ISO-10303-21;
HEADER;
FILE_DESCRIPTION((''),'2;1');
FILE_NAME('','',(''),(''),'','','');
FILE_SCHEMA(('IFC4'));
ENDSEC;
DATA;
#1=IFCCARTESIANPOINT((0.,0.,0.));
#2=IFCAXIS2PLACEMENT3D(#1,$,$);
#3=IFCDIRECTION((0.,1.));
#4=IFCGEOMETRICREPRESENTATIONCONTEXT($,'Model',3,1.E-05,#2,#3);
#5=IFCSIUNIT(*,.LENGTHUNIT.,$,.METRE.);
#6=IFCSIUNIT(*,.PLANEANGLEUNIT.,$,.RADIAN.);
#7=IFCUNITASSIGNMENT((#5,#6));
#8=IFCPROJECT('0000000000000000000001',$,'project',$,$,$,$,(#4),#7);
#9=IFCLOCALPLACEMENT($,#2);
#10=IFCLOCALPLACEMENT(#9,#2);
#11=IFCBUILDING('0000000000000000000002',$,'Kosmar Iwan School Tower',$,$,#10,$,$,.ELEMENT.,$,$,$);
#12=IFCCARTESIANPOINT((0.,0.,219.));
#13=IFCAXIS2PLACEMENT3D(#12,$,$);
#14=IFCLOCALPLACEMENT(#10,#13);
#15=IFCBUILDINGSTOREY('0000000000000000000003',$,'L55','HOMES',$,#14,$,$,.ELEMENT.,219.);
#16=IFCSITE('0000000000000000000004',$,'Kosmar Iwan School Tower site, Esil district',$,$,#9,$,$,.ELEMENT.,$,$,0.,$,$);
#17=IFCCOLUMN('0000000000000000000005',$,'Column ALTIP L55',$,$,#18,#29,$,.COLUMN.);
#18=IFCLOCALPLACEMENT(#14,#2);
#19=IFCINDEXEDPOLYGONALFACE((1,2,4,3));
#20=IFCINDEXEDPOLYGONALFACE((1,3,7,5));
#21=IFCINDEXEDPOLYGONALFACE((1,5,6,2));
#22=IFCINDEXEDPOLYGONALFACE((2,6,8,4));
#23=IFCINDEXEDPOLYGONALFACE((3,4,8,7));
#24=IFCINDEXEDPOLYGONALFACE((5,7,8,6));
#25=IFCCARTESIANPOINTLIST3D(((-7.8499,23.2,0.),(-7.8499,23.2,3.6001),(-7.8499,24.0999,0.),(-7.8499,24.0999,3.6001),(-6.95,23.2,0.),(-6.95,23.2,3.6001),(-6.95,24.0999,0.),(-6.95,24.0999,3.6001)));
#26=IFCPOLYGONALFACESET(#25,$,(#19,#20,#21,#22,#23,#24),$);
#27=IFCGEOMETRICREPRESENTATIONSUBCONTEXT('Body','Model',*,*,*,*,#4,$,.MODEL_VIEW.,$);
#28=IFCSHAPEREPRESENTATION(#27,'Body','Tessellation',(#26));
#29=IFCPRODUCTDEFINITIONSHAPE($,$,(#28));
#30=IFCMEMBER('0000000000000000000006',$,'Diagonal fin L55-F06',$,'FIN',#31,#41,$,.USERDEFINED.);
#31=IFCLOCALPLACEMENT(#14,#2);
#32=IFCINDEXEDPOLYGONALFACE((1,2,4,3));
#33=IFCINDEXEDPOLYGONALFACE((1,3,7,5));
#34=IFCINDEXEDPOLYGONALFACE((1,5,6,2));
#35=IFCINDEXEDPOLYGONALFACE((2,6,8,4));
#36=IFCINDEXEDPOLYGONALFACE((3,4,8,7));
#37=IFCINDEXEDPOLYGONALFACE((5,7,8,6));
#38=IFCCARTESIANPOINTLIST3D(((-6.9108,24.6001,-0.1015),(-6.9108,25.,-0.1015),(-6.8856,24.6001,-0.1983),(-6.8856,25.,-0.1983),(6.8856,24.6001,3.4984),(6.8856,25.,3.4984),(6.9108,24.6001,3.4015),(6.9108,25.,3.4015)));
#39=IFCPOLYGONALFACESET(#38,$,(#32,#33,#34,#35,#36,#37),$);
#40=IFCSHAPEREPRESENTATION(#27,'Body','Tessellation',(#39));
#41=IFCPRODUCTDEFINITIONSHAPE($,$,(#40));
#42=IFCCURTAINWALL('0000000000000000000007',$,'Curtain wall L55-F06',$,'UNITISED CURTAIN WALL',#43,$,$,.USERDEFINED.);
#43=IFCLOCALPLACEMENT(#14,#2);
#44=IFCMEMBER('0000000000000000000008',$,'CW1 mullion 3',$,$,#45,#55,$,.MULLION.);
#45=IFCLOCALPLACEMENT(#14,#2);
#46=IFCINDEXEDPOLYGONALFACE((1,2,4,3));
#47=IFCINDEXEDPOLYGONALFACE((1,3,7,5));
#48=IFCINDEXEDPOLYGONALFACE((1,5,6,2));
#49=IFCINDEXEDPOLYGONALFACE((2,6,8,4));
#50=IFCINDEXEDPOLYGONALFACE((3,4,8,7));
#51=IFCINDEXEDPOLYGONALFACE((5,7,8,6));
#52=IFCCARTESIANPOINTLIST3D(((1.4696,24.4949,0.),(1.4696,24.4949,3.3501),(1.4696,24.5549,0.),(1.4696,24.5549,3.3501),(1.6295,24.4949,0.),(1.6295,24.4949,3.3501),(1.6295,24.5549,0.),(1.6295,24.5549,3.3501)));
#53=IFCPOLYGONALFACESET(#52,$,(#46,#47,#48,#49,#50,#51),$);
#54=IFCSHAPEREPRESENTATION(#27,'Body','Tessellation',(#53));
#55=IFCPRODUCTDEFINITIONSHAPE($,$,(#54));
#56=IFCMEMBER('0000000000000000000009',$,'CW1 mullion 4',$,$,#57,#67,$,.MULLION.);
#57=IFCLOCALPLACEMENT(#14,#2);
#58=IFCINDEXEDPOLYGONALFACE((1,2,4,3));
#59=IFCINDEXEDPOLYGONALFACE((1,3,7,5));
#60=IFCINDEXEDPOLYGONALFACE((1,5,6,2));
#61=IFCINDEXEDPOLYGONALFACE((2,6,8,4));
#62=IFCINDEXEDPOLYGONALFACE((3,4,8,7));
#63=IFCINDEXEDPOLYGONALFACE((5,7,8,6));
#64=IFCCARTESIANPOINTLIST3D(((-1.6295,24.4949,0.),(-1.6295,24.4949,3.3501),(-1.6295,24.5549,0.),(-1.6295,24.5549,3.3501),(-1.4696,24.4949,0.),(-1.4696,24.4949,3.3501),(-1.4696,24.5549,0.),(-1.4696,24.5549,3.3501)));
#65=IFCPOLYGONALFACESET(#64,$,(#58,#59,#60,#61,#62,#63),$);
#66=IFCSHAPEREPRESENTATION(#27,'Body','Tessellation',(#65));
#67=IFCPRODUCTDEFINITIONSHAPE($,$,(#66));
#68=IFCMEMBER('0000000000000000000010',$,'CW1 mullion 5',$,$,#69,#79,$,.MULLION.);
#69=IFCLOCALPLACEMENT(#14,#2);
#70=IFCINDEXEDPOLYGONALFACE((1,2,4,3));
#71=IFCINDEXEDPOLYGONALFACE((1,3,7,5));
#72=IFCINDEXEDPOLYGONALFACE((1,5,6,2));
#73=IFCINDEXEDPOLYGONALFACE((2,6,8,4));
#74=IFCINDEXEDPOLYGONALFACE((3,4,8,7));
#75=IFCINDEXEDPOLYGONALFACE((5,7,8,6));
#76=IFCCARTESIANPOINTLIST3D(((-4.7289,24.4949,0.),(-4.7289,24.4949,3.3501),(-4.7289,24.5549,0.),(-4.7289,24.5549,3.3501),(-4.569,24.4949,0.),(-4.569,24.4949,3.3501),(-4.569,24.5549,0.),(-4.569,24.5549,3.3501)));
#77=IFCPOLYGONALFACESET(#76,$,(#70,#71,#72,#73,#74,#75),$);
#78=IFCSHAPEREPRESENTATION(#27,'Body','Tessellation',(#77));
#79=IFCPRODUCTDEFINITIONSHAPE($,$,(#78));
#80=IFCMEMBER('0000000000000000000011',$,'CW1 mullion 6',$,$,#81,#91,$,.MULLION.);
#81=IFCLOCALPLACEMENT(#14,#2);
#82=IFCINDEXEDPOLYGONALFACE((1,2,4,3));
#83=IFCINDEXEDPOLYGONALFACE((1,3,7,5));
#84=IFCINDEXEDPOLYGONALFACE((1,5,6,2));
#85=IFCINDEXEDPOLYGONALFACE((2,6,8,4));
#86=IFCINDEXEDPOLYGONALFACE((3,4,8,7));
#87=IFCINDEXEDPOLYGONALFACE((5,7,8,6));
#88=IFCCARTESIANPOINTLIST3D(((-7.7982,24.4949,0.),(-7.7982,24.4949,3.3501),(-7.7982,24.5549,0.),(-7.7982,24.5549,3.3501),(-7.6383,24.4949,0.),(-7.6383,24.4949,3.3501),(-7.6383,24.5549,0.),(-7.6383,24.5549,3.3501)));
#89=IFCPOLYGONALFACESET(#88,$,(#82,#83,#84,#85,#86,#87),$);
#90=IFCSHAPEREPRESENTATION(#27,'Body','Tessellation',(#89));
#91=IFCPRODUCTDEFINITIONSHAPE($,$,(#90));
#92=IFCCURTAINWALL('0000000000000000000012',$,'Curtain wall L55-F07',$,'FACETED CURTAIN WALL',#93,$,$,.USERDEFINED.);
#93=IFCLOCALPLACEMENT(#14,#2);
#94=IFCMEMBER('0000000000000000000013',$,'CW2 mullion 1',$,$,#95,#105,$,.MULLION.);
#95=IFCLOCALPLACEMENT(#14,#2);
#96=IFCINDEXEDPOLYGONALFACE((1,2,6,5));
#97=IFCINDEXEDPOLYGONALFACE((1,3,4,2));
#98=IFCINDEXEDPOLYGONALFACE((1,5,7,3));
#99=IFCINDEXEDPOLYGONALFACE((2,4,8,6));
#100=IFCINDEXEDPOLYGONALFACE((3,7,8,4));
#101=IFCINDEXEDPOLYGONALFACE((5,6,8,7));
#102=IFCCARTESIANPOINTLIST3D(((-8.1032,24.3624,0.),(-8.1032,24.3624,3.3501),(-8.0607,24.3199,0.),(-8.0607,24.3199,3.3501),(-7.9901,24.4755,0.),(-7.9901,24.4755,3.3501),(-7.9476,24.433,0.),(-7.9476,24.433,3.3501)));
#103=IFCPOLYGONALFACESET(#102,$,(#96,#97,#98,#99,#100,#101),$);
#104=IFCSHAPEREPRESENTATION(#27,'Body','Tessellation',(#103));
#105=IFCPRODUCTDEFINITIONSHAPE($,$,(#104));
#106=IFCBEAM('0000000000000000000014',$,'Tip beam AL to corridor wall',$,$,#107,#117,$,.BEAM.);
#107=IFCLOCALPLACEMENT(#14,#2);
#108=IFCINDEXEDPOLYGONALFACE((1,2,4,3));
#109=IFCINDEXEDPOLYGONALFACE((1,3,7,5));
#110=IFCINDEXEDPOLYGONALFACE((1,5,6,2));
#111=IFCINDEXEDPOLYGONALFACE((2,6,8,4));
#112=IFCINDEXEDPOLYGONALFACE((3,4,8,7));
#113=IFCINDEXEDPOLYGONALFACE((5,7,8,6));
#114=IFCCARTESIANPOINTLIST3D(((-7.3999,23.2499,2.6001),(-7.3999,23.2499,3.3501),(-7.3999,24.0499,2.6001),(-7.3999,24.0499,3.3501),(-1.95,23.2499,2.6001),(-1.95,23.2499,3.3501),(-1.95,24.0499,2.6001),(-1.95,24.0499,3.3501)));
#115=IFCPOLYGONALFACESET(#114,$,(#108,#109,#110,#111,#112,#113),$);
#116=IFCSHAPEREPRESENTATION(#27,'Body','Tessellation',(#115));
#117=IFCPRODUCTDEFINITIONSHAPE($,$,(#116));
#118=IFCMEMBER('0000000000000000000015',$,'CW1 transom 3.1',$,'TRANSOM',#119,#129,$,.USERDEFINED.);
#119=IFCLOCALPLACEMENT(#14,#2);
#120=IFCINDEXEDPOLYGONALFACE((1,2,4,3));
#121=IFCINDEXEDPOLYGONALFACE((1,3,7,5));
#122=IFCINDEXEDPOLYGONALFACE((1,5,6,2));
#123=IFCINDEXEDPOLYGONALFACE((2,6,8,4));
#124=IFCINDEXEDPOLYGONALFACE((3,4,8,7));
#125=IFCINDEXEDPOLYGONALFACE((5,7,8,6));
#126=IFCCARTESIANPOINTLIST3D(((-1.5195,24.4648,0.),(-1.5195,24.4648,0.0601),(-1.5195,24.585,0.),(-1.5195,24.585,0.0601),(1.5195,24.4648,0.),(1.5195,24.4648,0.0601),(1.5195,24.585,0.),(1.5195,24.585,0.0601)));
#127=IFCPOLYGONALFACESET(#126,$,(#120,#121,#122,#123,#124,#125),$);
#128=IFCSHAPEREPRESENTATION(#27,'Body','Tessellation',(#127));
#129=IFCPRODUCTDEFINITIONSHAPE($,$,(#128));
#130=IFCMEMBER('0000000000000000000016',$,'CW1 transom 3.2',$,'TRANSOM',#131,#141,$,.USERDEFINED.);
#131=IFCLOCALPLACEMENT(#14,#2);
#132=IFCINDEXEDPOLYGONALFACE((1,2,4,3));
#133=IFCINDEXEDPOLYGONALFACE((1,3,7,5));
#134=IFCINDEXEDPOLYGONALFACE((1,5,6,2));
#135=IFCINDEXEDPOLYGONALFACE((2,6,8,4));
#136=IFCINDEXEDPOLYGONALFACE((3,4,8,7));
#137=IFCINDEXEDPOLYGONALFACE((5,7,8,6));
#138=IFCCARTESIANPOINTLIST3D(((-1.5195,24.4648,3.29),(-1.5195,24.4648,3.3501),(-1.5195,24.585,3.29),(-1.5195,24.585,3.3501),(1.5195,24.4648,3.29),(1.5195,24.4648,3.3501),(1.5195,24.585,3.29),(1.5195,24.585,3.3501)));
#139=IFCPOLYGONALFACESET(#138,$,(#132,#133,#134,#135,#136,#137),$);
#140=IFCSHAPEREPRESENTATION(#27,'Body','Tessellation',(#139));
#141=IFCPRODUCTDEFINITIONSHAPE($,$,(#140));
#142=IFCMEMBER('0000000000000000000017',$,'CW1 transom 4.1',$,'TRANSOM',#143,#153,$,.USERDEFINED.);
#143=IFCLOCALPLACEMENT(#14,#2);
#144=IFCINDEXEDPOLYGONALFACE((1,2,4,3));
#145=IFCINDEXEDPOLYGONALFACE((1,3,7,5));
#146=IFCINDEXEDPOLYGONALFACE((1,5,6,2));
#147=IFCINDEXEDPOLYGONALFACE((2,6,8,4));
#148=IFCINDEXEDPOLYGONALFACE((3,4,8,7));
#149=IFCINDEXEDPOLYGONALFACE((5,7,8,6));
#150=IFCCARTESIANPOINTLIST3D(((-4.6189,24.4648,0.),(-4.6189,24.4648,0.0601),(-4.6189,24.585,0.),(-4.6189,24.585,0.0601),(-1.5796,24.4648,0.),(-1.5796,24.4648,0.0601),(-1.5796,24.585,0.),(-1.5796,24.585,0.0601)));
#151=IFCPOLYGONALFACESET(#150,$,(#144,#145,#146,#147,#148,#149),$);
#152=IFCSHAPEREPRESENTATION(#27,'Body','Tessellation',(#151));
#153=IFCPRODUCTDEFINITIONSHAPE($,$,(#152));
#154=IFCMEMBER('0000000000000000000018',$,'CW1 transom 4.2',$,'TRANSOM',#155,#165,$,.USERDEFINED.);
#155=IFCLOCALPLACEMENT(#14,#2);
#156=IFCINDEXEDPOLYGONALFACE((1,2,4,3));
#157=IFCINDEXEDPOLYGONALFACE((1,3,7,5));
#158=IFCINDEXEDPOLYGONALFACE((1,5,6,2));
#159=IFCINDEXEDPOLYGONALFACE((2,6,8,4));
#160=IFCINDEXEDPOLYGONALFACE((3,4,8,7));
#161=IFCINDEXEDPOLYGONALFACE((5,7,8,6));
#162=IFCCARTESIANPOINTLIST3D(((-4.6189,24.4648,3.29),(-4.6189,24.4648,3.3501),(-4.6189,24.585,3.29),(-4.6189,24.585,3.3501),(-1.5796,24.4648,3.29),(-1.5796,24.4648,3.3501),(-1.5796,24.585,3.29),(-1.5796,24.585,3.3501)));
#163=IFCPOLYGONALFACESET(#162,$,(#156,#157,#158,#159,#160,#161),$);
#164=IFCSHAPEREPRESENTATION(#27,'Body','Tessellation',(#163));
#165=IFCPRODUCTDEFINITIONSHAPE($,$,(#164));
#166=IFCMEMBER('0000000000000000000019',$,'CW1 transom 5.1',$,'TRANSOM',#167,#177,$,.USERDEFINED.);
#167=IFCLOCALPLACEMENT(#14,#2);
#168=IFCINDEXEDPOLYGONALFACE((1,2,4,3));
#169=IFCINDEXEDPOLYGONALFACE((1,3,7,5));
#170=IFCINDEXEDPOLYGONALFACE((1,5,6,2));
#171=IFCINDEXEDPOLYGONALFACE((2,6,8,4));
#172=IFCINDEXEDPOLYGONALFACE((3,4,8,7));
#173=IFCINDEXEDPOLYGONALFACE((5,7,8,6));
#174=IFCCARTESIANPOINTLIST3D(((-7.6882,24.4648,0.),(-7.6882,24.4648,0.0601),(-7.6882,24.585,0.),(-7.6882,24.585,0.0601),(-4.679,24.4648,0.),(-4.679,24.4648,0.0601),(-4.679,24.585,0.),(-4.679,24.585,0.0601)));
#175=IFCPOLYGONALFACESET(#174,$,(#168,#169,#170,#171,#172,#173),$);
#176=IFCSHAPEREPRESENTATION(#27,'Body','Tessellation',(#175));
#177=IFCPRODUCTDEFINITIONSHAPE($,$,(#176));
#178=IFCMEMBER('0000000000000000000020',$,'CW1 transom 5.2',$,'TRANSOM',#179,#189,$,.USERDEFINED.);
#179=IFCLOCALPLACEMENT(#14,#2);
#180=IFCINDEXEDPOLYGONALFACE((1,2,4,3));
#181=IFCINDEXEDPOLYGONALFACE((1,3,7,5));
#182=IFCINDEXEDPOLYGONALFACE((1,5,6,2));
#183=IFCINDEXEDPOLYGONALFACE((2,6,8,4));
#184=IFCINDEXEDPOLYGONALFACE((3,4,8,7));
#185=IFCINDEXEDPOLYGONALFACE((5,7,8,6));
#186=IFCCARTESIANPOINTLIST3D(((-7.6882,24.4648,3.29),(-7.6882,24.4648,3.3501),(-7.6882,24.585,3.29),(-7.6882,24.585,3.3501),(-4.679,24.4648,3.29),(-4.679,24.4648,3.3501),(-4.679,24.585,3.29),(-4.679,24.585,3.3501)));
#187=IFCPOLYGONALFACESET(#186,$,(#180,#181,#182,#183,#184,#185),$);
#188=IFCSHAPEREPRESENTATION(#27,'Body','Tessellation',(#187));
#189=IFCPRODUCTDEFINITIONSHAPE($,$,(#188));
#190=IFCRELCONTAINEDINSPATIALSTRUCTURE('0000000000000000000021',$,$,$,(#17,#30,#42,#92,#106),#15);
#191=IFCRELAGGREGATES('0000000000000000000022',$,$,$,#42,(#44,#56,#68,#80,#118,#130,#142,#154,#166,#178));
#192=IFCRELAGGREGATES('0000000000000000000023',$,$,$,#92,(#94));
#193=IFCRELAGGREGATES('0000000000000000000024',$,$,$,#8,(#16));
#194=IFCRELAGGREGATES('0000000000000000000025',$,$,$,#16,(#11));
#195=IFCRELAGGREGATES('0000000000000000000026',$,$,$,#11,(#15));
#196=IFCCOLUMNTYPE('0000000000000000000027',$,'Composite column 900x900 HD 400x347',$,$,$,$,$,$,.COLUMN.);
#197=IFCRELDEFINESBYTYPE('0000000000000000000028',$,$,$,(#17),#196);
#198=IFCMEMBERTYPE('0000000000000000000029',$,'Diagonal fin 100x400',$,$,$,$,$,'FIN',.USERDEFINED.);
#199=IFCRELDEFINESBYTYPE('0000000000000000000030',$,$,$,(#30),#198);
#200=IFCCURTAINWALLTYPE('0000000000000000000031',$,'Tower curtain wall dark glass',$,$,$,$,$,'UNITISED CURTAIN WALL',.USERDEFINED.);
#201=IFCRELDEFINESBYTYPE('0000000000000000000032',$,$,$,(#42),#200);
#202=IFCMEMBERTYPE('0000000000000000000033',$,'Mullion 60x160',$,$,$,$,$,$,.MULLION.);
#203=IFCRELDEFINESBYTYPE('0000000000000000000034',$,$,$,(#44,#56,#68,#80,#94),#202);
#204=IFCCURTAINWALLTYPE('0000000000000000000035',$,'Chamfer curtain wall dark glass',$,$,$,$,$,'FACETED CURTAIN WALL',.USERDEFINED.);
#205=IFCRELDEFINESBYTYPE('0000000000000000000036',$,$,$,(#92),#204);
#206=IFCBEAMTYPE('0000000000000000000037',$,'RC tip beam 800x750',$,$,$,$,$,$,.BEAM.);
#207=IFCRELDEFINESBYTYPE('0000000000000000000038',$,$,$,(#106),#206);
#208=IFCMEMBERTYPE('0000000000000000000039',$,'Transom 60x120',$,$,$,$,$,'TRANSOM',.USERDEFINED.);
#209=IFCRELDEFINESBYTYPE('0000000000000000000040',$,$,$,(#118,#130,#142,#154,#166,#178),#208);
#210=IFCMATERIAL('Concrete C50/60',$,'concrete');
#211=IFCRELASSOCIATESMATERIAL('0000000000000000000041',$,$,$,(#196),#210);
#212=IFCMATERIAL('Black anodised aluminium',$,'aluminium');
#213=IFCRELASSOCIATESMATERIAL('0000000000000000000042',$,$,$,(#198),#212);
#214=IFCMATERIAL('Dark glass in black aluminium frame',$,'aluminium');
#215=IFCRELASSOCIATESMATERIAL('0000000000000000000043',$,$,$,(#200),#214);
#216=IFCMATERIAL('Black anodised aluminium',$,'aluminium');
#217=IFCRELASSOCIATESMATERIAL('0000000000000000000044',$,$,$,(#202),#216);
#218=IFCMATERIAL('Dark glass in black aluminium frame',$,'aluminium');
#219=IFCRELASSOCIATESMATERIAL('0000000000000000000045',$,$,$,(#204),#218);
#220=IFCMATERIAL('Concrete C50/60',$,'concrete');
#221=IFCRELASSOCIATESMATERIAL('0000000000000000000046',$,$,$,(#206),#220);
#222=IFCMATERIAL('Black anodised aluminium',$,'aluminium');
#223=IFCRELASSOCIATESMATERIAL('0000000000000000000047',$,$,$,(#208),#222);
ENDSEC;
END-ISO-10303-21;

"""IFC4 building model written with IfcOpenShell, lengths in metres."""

from ifc_helpers import new_model, si_unit, direction, frame, origin, origin_2d, place, context, subcontext, project, spatial, rectangle, extrude, material, material_profile, profile_set, type_object, element, aggregate, save


model = new_model("IFC4")

# Units and contexts
model_context = context("Model", 3, precision=1e-05, world=origin(), true_north=direction((0.0, 1.0)))
body_context = subcontext(model_context, "Body", "Model", "MODEL_VIEW")
ifc_project = project(units=[si_unit("LENGTHUNIT", "METRE"), si_unit("PLANEANGLEUNIT", "RADIAN")], contexts=[model_context])

# Site, building, storey
site_placement = place(None, origin())
site = spatial("IfcSite", under=ifc_project, at=site_placement, Name="Kosmar Iwan School Tower site, Esil district", CompositionType="ELEMENT", RefElevation=0.0)
building_placement = place(site_placement, origin())
building = spatial("IfcBuilding", under=site, at=building_placement, Name="Kosmar Iwan School Tower", CompositionType="ELEMENT")
storey_placement = place(building_placement, frame((0.0, 0.0, 219.0)))
storey = spatial("IfcBuildingStorey", under=building, at=storey_placement, Name="L55", Description="HOMES", CompositionType="ELEMENT", Elevation=219.0)

# Column
ifc_material_1 = material(Name="Concrete C50/60", Category="concrete")
ifc_material_profile_1 = material_profile(ifc_material_1, rectangle(XDim=0.8999, YDim=0.8999, at=origin_2d()), Name="RC 900x900 + HD 400x347")
ifc_profile_set_1 = profile_set([ifc_material_profile_1], Name="Concrete C50/60")
column_type = type_object("IfcColumnType", Name="Composite column 900x900 HD 400x347", PredefinedType="COLUMN", material=ifc_profile_set_1)
column_placement = place(storey_placement, frame((-7.3999, 23.6499, 0.0), z_axis=(0.0, 0.0, 1.0), x_axis=(0.0, 1.0, 0.0)))
element("IfcColumn", 1, at=column_placement, inside=storey, type_object=column_type, Name="Column ALTIP L55", PredefinedType="COLUMN", context=body_context, shape_type="SweptSolid", body=[
    extrude(rectangle(XDim=0.8999, YDim=0.8999, at=origin_2d()), origin(), (0.0, 0.0, 1.0), 3.6001),
])

# Member
ifc_material_2 = material(Name="Black anodised aluminium", Category="aluminium")
ifc_material_profile_2 = material_profile(ifc_material_2, rectangle(XDim=0.1001, YDim=0.3999, at=origin_2d()), Name="FIN 100x400")
ifc_profile_set_2 = profile_set([ifc_material_profile_2], Name="Black anodised aluminium")
member_type_1 = type_object("IfcMemberType", Name="Diagonal fin 100x400", ElementType="FIN", PredefinedType="USERDEFINED", material=ifc_profile_set_2)
member_1_placement = place(storey_placement, frame((-6.8982, 24.8, -0.1499), z_axis=(0.967604, 0.0, 0.252474), x_axis=(-0.252474, 0.0, 0.967604)))
element("IfcMember", 2, at=member_1_placement, inside=storey, type_object=member_type_1, Name="Diagonal fin L55-F06", ObjectType="FIN", PredefinedType="USERDEFINED", context=body_context, shape_type="SweptSolid", body=[
    extrude(rectangle(XDim=0.1001, YDim=0.3999, at=origin_2d()), origin(), (0.0, 0.0, 1.0), 14.2583),
])

# Curtain wall, members
ifc_material_3 = material(Name="Dark glass in black aluminium frame", Category="aluminium")
curtain_wall_type_1 = type_object("IfcCurtainWallType", Name="Tower curtain wall dark glass", ElementType="UNITISED CURTAIN WALL", PredefinedType="USERDEFINED", material=ifc_material_3)
curtain_wall_1_placement = place(storey_placement, origin())
curtain_wall_1 = element("IfcCurtainWall", 3, at=curtain_wall_1_placement, inside=storey, type_object=curtain_wall_type_1, Name="Curtain wall L55-F06", ObjectType="UNITISED CURTAIN WALL", PredefinedType="USERDEFINED")
ifc_material_4 = material(Name="Black anodised aluminium", Category="aluminium")
ifc_material_profile_3 = material_profile(ifc_material_4, rectangle(XDim=0.0601, YDim=0.1599, at=origin_2d()), Name="MULLION 60x160")
ifc_profile_set_3 = profile_set([ifc_material_profile_3], Name="Black anodised aluminium")
member_type_2 = type_object("IfcMemberType", Name="Mullion 60x160", PredefinedType="MULLION", material=ifc_profile_set_3)
member_2_placement = place(storey_placement, frame((1.5496, 24.5249, 0.0), z_axis=(0.0, 0.0, 1.0), x_axis=(0.0, -1.0, 0.0)))
member_2 = element("IfcMember", 4, at=member_2_placement, type_object=member_type_2, Name="CW1 mullion 3", PredefinedType="MULLION", context=body_context, shape_type="SweptSolid", body=[
    extrude(rectangle(XDim=0.0601, YDim=0.1599, at=origin_2d()), origin(), (0.0, 0.0, 1.0), 3.3501),
])
member_3_placement = place(storey_placement, frame((-1.5496, 24.5249, 0.0), z_axis=(0.0, 0.0, 1.0), x_axis=(0.0, -1.0, 0.0)))
member_3 = element("IfcMember", 5, at=member_3_placement, type_object=member_type_2, Name="CW1 mullion 4", PredefinedType="MULLION", context=body_context, shape_type="SweptSolid", body=[
    extrude(rectangle(XDim=0.0601, YDim=0.1599, at=origin_2d()), origin(), (0.0, 0.0, 1.0), 3.3501),
])
member_4_placement = place(storey_placement, frame((-4.6489, 24.5249, 0.0), z_axis=(0.0, 0.0, 1.0), x_axis=(0.0, -1.0, 0.0)))
member_4 = element("IfcMember", 6, at=member_4_placement, type_object=member_type_2, Name="CW1 mullion 5", PredefinedType="MULLION", context=body_context, shape_type="SweptSolid", body=[
    extrude(rectangle(XDim=0.0601, YDim=0.1599, at=origin_2d()), origin(), (0.0, 0.0, 1.0), 3.3501),
])
member_5_placement = place(storey_placement, frame((-7.7183, 24.5249, 0.0), z_axis=(0.0, 0.0, 1.0), x_axis=(0.0, -1.0, 0.0)))
member_5 = element("IfcMember", 7, at=member_5_placement, type_object=member_type_2, Name="CW1 mullion 6", PredefinedType="MULLION", context=body_context, shape_type="SweptSolid", body=[
    extrude(rectangle(XDim=0.0601, YDim=0.1599, at=origin_2d()), origin(), (0.0, 0.0, 1.0), 3.3501),
])

# Curtain wall, member
ifc_material_5 = material(Name="Dark glass in black aluminium frame", Category="aluminium")
curtain_wall_type_2 = type_object("IfcCurtainWallType", Name="Chamfer curtain wall dark glass", ElementType="FACETED CURTAIN WALL", PredefinedType="USERDEFINED", material=ifc_material_5)
curtain_wall_2_placement = place(storey_placement, origin())
curtain_wall_2 = element("IfcCurtainWall", 8, at=curtain_wall_2_placement, inside=storey, type_object=curtain_wall_type_2, Name="Curtain wall L55-F07", ObjectType="FACETED CURTAIN WALL", PredefinedType="USERDEFINED")
member_6_placement = place(storey_placement, frame((-8.0254, 24.3977, 0.0), z_axis=(0.0, 0.0, 1.0), x_axis=(0.707107, -0.707107, 0.0)))
member_6 = element("IfcMember", 9, at=member_6_placement, type_object=member_type_2, Name="CW2 mullion 1", PredefinedType="MULLION", context=body_context, shape_type="SweptSolid", body=[
    extrude(rectangle(XDim=0.0601, YDim=0.1599, at=origin_2d()), origin(), (0.0, 0.0, 1.0), 3.3501),
])

# Beam
ifc_material_6 = material(Name="Concrete C50/60", Category="concrete")
ifc_material_profile_4 = material_profile(ifc_material_6, rectangle(XDim=0.8, YDim=0.75, at=origin_2d()), Name="RC 800x750")
ifc_profile_set_4 = profile_set([ifc_material_profile_4], Name="Concrete C50/60")
beam_type = type_object("IfcBeamType", Name="RC tip beam 800x750", PredefinedType="BEAM", material=ifc_profile_set_4)
beam_placement = place(storey_placement, frame((-7.3999, 23.6499, 2.9751), z_axis=(1.0, 0.0, 0.0), x_axis=(0.0, 1.0, 0.0)))
element("IfcBeam", 10, at=beam_placement, inside=storey, type_object=beam_type, Name="Tip beam AL to corridor wall", PredefinedType="BEAM", context=body_context, shape_type="SweptSolid", body=[
    extrude(rectangle(XDim=0.8, YDim=0.75, at=origin_2d()), origin(), (0.0, 0.0, 1.0), 5.45),
])

# Members
ifc_material_7 = material(Name="Black anodised aluminium", Category="aluminium")
ifc_material_profile_5 = material_profile(ifc_material_7, rectangle(XDim=0.1201, YDim=0.0601, at=origin_2d()), Name="TRANSOM 60x120")
ifc_profile_set_5 = profile_set([ifc_material_profile_5], Name="Black anodised aluminium")
member_type_3 = type_object("IfcMemberType", Name="Transom 60x120", ElementType="TRANSOM", PredefinedType="USERDEFINED", material=ifc_profile_set_5)
member_7_placement = place(storey_placement, frame((1.5195, 24.5249, 0.03), z_axis=(-1.0, 0.0, 0.0), x_axis=(0.0, -1.0, 0.0)))
member_7 = element("IfcMember", 11, at=member_7_placement, type_object=member_type_3, Name="CW1 transom 3.1", ObjectType="TRANSOM", PredefinedType="USERDEFINED", context=body_context, shape_type="SweptSolid", body=[
    extrude(rectangle(XDim=0.1201, YDim=0.0601, at=origin_2d()), origin(), (0.0, 0.0, 1.0), 3.0391),
])
member_8_placement = place(storey_placement, frame((1.5195, 24.5249, 3.3201), z_axis=(-1.0, 0.0, 0.0), x_axis=(0.0, -1.0, 0.0)))
member_8 = element("IfcMember", 12, at=member_8_placement, type_object=member_type_3, Name="CW1 transom 3.2", ObjectType="TRANSOM", PredefinedType="USERDEFINED", context=body_context, shape_type="SweptSolid", body=[
    extrude(rectangle(XDim=0.1201, YDim=0.0601, at=origin_2d()), origin(), (0.0, 0.0, 1.0), 3.0391),
])
member_9_placement = place(storey_placement, frame((-1.5796, 24.5249, 0.03), z_axis=(-1.0, 0.0, 0.0), x_axis=(0.0, -1.0, 0.0)))
member_9 = element("IfcMember", 13, at=member_9_placement, type_object=member_type_3, Name="CW1 transom 4.1", ObjectType="TRANSOM", PredefinedType="USERDEFINED", context=body_context, shape_type="SweptSolid", body=[
    extrude(rectangle(XDim=0.1201, YDim=0.0601, at=origin_2d()), origin(), (0.0, 0.0, 1.0), 3.0393),
])
member_10_placement = place(storey_placement, frame((-1.5796, 24.5249, 3.3201), z_axis=(-1.0, 0.0, 0.0), x_axis=(0.0, -1.0, 0.0)))
member_10 = element("IfcMember", 14, at=member_10_placement, type_object=member_type_3, Name="CW1 transom 4.2", ObjectType="TRANSOM", PredefinedType="USERDEFINED", context=body_context, shape_type="SweptSolid", body=[
    extrude(rectangle(XDim=0.1201, YDim=0.0601, at=origin_2d()), origin(), (0.0, 0.0, 1.0), 3.0393),
])
member_11_placement = place(storey_placement, frame((-4.679, 24.5249, 0.03), z_axis=(-1.0, 0.0, 0.0), x_axis=(0.0, -1.0, 0.0)))
member_11 = element("IfcMember", 15, at=member_11_placement, type_object=member_type_3, Name="CW1 transom 5.1", ObjectType="TRANSOM", PredefinedType="USERDEFINED", context=body_context, shape_type="SweptSolid", body=[
    extrude(rectangle(XDim=0.1201, YDim=0.0601, at=origin_2d()), origin(), (0.0, 0.0, 1.0), 3.0093),
])
member_12_placement = place(storey_placement, frame((-4.679, 24.5249, 3.3201), z_axis=(-1.0, 0.0, 0.0), x_axis=(0.0, -1.0, 0.0)))
member_12 = element("IfcMember", 16, at=member_12_placement, type_object=member_type_3, Name="CW1 transom 5.2", ObjectType="TRANSOM", PredefinedType="USERDEFINED", context=body_context, shape_type="SweptSolid", body=[
    extrude(rectangle(XDim=0.1201, YDim=0.0601, at=origin_2d()), origin(), (0.0, 0.0, 1.0), 3.0093),
])

aggregate(curtain_wall_1, [member_2, member_3, member_4, member_5, member_7, member_8, member_9, member_10, member_11, member_12])
aggregate(curtain_wall_2, [member_6])

save(model, "model.ifc")
